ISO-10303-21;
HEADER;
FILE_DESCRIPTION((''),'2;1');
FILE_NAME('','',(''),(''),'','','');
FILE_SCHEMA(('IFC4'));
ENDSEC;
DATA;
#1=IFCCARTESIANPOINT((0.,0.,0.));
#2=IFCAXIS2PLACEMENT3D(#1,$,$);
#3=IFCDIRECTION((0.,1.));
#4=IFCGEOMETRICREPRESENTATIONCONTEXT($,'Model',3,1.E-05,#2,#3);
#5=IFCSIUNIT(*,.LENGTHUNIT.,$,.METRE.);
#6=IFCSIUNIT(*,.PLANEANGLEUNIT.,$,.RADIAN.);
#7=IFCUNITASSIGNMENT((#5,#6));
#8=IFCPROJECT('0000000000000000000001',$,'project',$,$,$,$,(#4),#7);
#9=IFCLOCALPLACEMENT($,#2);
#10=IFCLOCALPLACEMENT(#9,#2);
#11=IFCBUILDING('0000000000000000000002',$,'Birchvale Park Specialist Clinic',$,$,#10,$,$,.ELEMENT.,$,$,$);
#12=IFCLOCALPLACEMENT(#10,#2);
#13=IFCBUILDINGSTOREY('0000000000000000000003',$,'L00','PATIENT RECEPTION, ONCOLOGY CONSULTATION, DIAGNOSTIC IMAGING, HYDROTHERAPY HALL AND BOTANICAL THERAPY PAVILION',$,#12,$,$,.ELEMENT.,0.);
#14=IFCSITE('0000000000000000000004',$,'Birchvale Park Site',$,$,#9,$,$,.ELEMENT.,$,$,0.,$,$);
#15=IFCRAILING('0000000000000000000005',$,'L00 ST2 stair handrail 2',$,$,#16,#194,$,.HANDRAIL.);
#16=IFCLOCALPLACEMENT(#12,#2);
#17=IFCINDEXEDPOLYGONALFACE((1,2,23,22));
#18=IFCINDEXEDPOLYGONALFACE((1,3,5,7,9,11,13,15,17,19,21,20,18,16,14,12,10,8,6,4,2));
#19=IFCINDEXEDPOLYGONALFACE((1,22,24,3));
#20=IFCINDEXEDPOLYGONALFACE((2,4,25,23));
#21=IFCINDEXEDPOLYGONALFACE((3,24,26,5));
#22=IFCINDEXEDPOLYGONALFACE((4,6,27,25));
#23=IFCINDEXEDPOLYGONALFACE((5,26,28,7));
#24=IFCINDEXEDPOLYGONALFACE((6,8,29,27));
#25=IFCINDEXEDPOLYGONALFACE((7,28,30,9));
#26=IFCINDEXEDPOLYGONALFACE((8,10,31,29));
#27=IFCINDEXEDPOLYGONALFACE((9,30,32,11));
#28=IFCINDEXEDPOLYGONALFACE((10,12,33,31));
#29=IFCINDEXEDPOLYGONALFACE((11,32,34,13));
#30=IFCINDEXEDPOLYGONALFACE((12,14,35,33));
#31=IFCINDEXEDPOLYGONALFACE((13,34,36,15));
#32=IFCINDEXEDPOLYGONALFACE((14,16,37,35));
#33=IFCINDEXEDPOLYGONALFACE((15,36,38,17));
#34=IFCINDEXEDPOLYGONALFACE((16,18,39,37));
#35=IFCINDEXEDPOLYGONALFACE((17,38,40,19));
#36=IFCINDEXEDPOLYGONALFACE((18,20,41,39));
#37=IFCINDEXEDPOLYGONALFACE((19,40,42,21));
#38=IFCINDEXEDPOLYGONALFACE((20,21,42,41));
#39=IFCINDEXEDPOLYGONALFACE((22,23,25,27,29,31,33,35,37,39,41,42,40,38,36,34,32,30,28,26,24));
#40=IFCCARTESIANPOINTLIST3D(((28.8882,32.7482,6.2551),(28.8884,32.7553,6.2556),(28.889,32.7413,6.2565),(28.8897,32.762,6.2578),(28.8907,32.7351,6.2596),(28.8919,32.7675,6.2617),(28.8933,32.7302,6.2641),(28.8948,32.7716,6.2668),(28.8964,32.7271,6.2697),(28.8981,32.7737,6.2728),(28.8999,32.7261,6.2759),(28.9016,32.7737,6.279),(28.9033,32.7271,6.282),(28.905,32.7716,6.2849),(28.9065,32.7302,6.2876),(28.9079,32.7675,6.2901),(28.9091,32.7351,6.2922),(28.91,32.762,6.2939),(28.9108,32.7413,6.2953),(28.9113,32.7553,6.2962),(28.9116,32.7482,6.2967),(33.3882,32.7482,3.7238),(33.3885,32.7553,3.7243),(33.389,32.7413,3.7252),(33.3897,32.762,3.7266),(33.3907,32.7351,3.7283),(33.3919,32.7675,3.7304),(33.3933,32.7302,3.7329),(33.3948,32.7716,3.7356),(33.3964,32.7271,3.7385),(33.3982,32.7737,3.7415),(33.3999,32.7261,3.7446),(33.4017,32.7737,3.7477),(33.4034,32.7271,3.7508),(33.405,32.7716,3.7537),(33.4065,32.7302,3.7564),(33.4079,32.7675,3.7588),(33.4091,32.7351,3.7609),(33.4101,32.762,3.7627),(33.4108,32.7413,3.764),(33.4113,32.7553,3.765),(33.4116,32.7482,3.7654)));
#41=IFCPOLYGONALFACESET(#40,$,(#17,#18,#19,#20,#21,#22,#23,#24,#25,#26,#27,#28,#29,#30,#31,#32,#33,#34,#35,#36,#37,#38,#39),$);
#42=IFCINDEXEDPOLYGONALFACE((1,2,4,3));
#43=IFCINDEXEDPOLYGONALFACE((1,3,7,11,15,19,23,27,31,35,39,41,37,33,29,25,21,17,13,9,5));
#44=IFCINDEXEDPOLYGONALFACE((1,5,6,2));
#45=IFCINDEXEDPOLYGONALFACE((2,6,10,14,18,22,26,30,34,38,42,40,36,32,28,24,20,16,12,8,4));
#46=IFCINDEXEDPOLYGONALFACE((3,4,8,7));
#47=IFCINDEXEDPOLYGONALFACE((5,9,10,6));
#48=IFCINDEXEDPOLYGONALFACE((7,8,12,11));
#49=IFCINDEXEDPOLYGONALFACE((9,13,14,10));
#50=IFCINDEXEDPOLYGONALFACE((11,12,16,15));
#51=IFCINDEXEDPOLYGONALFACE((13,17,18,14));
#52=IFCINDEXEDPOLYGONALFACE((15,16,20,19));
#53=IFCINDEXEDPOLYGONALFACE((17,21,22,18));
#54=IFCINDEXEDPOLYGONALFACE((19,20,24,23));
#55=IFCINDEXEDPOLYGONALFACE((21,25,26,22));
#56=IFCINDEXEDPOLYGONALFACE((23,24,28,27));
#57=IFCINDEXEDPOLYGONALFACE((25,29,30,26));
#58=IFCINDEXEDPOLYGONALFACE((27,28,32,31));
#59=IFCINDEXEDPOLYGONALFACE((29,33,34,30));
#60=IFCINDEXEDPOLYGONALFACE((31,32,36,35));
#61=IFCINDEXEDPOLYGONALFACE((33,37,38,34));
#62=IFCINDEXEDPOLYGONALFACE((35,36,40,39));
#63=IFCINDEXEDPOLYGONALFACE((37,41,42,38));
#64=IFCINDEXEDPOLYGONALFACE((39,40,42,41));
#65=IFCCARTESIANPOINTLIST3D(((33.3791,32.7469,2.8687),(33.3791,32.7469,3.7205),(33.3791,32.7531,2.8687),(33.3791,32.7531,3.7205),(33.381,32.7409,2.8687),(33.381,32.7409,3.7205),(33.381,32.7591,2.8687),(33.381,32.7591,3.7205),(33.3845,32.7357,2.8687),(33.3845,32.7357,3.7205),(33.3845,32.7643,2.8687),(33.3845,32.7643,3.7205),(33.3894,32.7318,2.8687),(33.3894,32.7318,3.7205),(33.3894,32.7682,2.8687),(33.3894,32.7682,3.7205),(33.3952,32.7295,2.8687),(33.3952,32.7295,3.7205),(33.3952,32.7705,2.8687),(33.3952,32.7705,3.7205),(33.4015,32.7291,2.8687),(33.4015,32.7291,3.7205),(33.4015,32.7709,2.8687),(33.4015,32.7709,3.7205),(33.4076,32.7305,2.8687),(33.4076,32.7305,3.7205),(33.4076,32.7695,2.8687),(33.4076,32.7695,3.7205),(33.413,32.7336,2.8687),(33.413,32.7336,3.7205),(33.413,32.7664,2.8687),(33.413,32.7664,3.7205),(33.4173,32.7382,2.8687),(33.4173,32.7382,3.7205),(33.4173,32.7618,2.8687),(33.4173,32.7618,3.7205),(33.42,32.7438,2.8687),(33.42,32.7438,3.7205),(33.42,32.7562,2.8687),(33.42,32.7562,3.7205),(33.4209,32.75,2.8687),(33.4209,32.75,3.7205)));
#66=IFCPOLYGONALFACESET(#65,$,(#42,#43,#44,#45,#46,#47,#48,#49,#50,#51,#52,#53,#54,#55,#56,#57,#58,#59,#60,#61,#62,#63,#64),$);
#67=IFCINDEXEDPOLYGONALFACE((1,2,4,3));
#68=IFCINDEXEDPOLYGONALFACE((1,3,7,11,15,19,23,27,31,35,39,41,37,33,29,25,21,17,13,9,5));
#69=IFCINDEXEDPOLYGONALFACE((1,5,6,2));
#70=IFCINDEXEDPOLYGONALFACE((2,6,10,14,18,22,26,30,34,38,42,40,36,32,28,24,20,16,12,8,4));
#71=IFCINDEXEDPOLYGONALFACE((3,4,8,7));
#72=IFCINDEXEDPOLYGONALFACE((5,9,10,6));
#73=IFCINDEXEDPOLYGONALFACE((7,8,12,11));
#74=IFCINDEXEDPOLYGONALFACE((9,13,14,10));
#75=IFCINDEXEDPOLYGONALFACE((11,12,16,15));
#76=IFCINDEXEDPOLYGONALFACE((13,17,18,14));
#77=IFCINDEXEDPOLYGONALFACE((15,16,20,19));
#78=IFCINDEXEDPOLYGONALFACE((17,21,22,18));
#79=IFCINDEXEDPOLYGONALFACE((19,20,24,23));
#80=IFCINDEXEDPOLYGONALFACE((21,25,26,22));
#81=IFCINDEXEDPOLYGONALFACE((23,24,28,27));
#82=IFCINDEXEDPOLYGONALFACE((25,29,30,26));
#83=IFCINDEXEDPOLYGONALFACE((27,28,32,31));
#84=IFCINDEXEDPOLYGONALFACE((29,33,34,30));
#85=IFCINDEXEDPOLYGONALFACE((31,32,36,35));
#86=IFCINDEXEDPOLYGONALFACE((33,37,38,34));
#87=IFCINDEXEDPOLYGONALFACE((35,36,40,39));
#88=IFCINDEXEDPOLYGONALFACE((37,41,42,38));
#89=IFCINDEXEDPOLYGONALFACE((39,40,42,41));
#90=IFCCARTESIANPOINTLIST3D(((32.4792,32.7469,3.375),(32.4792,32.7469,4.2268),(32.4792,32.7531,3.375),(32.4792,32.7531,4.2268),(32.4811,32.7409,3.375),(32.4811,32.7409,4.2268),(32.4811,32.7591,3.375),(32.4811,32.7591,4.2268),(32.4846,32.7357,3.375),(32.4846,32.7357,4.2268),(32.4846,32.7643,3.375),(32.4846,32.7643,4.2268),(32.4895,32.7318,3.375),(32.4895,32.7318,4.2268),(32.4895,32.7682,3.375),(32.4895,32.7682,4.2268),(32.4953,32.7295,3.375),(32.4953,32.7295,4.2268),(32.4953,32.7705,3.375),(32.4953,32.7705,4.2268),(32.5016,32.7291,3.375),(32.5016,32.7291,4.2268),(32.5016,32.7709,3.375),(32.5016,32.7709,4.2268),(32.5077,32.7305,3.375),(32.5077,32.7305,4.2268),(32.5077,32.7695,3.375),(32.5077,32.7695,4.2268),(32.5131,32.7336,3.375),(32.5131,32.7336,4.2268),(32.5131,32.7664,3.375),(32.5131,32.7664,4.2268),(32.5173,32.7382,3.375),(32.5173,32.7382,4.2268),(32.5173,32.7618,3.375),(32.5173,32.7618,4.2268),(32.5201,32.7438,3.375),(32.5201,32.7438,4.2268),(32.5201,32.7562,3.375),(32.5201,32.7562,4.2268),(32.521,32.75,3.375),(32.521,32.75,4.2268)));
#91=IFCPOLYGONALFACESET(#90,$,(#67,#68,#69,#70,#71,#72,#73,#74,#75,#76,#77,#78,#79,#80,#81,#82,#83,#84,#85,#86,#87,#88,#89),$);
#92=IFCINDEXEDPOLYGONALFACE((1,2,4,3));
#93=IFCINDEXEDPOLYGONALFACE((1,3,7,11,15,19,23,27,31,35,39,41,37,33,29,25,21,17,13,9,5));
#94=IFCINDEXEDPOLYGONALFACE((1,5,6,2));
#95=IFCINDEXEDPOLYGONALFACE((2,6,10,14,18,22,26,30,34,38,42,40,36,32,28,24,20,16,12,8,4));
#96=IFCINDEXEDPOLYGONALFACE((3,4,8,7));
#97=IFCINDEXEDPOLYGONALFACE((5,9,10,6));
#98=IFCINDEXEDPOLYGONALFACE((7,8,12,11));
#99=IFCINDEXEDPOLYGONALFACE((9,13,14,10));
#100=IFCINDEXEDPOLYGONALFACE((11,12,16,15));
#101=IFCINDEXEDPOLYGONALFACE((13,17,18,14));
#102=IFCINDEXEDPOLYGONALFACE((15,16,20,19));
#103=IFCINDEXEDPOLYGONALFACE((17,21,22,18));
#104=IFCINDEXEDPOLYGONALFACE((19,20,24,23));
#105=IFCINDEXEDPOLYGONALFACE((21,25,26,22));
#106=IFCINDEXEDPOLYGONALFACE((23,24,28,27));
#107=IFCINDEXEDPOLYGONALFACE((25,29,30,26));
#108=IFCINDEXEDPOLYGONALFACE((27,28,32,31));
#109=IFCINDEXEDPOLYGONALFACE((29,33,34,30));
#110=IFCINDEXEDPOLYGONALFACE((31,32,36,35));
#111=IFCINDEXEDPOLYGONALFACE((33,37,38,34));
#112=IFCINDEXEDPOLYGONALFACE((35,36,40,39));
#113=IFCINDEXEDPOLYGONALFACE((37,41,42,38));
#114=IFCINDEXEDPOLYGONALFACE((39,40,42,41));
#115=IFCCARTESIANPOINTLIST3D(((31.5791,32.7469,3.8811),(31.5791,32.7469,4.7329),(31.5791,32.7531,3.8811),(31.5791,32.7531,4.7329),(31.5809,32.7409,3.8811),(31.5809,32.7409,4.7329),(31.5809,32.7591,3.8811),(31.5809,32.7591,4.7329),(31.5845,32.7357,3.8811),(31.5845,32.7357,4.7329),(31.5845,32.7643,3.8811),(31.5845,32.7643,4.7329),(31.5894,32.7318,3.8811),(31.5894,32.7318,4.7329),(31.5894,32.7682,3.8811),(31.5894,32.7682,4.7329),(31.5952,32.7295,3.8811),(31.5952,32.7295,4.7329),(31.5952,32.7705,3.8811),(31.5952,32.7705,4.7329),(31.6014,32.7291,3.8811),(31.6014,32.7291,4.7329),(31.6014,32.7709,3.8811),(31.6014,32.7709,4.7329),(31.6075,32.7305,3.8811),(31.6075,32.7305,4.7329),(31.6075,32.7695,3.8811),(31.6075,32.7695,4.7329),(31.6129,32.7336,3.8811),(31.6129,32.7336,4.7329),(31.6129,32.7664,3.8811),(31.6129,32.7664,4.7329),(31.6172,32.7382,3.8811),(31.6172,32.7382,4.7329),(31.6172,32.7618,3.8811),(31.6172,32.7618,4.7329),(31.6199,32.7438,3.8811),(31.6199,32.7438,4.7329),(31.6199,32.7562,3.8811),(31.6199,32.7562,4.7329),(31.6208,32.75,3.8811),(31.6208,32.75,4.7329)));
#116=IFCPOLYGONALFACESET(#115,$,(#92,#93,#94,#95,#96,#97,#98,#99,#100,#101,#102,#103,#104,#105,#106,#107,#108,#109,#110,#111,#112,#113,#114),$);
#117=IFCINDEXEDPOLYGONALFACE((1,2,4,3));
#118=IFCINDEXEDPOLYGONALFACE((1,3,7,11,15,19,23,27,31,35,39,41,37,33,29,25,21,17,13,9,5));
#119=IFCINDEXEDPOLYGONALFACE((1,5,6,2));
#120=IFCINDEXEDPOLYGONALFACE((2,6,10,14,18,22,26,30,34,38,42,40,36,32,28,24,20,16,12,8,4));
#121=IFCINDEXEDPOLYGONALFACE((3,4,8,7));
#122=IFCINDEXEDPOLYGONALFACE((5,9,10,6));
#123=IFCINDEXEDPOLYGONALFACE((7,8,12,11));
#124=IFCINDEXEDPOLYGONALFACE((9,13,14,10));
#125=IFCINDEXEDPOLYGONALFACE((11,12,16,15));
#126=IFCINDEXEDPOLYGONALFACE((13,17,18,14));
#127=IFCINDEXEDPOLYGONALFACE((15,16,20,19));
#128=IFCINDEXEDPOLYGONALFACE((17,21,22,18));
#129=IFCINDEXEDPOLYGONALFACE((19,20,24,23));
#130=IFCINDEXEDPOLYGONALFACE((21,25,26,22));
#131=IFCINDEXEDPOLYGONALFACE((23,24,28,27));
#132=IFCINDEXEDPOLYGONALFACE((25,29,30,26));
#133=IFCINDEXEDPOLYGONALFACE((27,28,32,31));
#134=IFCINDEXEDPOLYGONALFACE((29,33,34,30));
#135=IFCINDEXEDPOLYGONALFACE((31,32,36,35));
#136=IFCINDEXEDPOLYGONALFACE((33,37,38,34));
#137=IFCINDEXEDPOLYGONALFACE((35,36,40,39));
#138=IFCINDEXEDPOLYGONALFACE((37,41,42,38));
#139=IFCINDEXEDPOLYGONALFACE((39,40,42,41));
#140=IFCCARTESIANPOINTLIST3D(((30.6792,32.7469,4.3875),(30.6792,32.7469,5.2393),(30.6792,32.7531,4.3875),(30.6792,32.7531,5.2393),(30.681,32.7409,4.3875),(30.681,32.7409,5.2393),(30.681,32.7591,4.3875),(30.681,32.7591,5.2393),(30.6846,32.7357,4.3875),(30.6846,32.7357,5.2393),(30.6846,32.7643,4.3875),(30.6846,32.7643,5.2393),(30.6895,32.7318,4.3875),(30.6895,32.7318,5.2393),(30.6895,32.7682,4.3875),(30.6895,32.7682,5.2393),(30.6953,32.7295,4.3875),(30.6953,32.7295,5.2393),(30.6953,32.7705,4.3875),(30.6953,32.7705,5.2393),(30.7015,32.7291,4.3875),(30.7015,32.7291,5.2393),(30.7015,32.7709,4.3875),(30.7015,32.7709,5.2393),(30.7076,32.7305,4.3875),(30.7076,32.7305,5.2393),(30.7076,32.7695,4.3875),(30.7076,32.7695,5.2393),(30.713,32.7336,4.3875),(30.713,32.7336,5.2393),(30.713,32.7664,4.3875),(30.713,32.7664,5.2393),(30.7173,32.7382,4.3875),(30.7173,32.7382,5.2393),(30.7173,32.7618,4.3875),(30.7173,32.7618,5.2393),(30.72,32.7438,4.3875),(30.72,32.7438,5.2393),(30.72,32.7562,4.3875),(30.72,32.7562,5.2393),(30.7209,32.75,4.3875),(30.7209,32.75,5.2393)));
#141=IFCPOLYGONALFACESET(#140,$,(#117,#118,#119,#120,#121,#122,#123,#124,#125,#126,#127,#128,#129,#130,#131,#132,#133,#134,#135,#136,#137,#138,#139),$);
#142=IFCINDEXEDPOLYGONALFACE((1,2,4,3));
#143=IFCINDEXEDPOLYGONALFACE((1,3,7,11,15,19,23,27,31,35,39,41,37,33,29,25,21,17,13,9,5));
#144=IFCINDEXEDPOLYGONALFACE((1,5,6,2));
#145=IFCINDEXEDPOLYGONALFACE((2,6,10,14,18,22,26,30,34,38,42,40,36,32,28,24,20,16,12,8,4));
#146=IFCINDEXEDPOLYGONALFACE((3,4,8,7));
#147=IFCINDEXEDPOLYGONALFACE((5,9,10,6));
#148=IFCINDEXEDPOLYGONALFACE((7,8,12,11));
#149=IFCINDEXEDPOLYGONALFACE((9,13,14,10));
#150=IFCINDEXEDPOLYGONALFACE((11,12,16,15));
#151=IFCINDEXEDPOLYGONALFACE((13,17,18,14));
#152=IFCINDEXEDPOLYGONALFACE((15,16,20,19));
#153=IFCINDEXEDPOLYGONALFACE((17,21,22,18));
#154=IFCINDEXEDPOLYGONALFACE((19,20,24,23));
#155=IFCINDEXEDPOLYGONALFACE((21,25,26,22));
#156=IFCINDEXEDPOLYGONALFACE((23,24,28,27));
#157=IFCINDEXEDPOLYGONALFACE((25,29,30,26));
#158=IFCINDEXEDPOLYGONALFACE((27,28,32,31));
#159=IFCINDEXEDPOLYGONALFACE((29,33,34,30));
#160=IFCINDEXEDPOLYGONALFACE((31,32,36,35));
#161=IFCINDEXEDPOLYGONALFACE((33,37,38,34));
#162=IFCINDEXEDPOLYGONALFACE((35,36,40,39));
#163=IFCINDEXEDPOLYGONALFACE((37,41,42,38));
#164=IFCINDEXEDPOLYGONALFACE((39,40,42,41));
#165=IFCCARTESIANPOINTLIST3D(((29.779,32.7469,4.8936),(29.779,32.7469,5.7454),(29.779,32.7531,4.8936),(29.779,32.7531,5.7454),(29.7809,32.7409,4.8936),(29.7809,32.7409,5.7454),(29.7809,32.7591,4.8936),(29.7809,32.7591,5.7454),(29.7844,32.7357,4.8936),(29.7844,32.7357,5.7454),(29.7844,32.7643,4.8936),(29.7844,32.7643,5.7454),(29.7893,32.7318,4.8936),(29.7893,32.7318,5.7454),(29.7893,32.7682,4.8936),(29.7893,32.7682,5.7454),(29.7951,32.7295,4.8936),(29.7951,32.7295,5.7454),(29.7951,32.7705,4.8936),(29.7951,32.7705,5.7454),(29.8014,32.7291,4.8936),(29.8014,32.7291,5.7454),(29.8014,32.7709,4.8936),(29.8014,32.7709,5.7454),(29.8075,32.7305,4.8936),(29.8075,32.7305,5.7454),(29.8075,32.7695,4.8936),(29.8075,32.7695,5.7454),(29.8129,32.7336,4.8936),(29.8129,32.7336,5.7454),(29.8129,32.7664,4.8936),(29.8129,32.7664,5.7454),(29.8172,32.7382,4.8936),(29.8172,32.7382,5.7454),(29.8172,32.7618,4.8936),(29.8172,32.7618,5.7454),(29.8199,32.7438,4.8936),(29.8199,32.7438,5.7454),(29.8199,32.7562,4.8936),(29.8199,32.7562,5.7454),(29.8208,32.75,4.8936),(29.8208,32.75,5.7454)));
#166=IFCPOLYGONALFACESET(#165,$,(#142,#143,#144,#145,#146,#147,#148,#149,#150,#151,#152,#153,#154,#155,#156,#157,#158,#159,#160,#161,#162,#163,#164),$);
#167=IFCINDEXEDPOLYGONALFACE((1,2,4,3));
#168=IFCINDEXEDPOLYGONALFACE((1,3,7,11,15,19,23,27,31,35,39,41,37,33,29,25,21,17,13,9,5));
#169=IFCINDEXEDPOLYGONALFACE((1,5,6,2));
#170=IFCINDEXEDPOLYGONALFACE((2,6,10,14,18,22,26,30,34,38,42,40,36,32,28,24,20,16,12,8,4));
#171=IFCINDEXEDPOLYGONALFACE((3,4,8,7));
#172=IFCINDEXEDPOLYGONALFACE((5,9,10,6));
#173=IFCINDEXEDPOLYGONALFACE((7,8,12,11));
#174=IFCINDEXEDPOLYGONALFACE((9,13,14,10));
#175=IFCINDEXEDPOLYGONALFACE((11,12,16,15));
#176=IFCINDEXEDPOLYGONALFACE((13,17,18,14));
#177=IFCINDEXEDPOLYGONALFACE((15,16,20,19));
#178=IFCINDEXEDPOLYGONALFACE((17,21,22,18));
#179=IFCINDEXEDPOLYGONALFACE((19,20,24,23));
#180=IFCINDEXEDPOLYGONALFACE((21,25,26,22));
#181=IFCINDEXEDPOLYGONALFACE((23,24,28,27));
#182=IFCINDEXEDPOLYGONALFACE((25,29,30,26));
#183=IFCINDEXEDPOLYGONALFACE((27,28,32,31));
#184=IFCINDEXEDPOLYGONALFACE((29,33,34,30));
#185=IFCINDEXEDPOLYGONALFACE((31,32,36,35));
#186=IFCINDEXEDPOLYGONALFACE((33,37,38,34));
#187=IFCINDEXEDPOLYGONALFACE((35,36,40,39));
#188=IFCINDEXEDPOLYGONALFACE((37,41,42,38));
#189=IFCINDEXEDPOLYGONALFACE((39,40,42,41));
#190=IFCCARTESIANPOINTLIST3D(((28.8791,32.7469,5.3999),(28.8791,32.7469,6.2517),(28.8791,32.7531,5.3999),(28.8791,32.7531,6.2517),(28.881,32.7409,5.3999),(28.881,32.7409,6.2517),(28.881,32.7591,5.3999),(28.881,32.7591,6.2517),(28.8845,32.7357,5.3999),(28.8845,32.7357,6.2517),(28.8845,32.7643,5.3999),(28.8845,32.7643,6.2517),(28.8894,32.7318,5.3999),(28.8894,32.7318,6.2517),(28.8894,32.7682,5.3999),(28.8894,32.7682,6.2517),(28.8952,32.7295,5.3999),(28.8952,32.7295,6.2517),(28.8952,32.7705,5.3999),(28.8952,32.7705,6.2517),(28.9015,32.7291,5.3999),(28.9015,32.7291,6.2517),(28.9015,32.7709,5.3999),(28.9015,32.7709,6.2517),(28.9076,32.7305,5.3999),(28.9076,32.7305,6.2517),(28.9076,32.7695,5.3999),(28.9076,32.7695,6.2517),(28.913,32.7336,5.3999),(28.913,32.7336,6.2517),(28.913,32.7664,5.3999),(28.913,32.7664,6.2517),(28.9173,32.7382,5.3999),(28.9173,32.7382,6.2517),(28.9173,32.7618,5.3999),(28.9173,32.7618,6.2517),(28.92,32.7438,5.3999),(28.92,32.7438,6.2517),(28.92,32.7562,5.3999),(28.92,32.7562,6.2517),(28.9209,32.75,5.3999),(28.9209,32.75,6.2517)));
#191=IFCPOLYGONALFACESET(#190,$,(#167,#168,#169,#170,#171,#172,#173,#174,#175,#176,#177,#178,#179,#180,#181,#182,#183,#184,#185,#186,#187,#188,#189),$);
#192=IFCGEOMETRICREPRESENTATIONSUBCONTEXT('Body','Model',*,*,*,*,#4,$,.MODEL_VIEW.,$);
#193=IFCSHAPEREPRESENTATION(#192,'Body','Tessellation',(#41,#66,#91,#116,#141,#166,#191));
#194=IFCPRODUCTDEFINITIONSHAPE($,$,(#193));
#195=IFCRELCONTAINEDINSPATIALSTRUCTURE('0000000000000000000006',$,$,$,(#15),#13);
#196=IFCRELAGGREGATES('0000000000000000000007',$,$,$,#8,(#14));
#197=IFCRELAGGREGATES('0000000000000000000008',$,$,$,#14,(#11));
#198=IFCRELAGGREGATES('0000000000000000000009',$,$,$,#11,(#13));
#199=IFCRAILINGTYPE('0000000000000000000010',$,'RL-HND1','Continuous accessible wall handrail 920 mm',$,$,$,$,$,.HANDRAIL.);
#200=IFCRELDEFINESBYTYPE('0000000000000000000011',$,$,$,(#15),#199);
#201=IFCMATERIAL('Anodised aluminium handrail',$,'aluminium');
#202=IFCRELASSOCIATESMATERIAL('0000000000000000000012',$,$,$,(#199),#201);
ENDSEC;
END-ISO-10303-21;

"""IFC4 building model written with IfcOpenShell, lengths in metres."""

from ifc_helpers import new_model, si_unit, direction, frame, origin, origin_2d, place, context, subcontext, project, spatial, circle, extrude, material, type_object, element, save


model = new_model("IFC4")

# Units and contexts
model_context = context("Model", 3, precision=1e-05, world=origin(), true_north=direction((0.0, 1.0)))
body_context = subcontext(model_context, "Body", "Model", "MODEL_VIEW")
ifc_project = project(units=[si_unit("LENGTHUNIT", "METRE"), si_unit("PLANEANGLEUNIT", "RADIAN")], contexts=[model_context])

# Site, building, storey
site_placement = place(None, origin())
site = spatial("IfcSite", under=ifc_project, at=site_placement, Name="Birchvale Park Site", CompositionType="ELEMENT", RefElevation=0.0)
building_placement = place(site_placement, origin())
building = spatial("IfcBuilding", under=site, at=building_placement, Name="Birchvale Park Specialist Clinic", CompositionType="ELEMENT")
storey_placement = place(building_placement, origin())
storey = spatial("IfcBuildingStorey", under=building, at=storey_placement, Name="L00", Description="PATIENT RECEPTION, ONCOLOGY CONSULTATION, DIAGNOSTIC IMAGING, HYDROTHERAPY HALL AND BOTANICAL THERAPY PAVILION", CompositionType="ELEMENT", Elevation=0.0)

# Railing
ifc_material_1 = material(Name="Anodised aluminium handrail", Category="aluminium")
railing_type_1 = type_object("IfcRailingType", Name="RL-HND1", Description="Continuous accessible wall handrail 920 mm", PredefinedType="HANDRAIL", material=ifc_material_1)
railing_1_placement = place(storey_placement, frame((33.3999, 32.75, 2.8687)))
element("IfcRailing", 1, at=railing_1_placement, inside=storey, type_object=railing_type_1, Name="L00 ST2 stair handrail 2", PredefinedType="HANDRAIL", context=body_context, shape_type="SweptSolid", body=[
    extrude(circle(Radius=0.0239, at=origin_2d()), frame((0.0, 0.0, 0.876), z_axis=(-0.871576, 0.0, 0.490261), x_axis=(0.0, -1.0, 0.0)), (0.0, 0.0, 1.0), 5.1631),
    extrude(circle(Radius=0.021, at=origin_2d()), origin(), (0.0, 0.0, 1.0), 0.8518),
    extrude(circle(Radius=0.021, at=origin_2d()), frame((-0.8999, 0.0, 0.5063)), (0.0, 0.0, 1.0), 0.8518),
    extrude(circle(Radius=0.021, at=origin_2d()), frame((-1.8, 0.0, 1.0125)), (0.0, 0.0, 1.0), 0.8518),
    extrude(circle(Radius=0.021, at=origin_2d()), frame((-2.7, 0.0, 1.5188)), (0.0, 0.0, 1.0), 0.8518),
    extrude(circle(Radius=0.021, at=origin_2d()), frame((-3.6001, 0.0, 2.0249)), (0.0, 0.0, 1.0), 0.8518),
    extrude(circle(Radius=0.021, at=origin_2d()), frame((-4.5, 0.0, 2.5312)), (0.0, 0.0, 1.0), 0.8518),
])

save(model, "model.ifc")
